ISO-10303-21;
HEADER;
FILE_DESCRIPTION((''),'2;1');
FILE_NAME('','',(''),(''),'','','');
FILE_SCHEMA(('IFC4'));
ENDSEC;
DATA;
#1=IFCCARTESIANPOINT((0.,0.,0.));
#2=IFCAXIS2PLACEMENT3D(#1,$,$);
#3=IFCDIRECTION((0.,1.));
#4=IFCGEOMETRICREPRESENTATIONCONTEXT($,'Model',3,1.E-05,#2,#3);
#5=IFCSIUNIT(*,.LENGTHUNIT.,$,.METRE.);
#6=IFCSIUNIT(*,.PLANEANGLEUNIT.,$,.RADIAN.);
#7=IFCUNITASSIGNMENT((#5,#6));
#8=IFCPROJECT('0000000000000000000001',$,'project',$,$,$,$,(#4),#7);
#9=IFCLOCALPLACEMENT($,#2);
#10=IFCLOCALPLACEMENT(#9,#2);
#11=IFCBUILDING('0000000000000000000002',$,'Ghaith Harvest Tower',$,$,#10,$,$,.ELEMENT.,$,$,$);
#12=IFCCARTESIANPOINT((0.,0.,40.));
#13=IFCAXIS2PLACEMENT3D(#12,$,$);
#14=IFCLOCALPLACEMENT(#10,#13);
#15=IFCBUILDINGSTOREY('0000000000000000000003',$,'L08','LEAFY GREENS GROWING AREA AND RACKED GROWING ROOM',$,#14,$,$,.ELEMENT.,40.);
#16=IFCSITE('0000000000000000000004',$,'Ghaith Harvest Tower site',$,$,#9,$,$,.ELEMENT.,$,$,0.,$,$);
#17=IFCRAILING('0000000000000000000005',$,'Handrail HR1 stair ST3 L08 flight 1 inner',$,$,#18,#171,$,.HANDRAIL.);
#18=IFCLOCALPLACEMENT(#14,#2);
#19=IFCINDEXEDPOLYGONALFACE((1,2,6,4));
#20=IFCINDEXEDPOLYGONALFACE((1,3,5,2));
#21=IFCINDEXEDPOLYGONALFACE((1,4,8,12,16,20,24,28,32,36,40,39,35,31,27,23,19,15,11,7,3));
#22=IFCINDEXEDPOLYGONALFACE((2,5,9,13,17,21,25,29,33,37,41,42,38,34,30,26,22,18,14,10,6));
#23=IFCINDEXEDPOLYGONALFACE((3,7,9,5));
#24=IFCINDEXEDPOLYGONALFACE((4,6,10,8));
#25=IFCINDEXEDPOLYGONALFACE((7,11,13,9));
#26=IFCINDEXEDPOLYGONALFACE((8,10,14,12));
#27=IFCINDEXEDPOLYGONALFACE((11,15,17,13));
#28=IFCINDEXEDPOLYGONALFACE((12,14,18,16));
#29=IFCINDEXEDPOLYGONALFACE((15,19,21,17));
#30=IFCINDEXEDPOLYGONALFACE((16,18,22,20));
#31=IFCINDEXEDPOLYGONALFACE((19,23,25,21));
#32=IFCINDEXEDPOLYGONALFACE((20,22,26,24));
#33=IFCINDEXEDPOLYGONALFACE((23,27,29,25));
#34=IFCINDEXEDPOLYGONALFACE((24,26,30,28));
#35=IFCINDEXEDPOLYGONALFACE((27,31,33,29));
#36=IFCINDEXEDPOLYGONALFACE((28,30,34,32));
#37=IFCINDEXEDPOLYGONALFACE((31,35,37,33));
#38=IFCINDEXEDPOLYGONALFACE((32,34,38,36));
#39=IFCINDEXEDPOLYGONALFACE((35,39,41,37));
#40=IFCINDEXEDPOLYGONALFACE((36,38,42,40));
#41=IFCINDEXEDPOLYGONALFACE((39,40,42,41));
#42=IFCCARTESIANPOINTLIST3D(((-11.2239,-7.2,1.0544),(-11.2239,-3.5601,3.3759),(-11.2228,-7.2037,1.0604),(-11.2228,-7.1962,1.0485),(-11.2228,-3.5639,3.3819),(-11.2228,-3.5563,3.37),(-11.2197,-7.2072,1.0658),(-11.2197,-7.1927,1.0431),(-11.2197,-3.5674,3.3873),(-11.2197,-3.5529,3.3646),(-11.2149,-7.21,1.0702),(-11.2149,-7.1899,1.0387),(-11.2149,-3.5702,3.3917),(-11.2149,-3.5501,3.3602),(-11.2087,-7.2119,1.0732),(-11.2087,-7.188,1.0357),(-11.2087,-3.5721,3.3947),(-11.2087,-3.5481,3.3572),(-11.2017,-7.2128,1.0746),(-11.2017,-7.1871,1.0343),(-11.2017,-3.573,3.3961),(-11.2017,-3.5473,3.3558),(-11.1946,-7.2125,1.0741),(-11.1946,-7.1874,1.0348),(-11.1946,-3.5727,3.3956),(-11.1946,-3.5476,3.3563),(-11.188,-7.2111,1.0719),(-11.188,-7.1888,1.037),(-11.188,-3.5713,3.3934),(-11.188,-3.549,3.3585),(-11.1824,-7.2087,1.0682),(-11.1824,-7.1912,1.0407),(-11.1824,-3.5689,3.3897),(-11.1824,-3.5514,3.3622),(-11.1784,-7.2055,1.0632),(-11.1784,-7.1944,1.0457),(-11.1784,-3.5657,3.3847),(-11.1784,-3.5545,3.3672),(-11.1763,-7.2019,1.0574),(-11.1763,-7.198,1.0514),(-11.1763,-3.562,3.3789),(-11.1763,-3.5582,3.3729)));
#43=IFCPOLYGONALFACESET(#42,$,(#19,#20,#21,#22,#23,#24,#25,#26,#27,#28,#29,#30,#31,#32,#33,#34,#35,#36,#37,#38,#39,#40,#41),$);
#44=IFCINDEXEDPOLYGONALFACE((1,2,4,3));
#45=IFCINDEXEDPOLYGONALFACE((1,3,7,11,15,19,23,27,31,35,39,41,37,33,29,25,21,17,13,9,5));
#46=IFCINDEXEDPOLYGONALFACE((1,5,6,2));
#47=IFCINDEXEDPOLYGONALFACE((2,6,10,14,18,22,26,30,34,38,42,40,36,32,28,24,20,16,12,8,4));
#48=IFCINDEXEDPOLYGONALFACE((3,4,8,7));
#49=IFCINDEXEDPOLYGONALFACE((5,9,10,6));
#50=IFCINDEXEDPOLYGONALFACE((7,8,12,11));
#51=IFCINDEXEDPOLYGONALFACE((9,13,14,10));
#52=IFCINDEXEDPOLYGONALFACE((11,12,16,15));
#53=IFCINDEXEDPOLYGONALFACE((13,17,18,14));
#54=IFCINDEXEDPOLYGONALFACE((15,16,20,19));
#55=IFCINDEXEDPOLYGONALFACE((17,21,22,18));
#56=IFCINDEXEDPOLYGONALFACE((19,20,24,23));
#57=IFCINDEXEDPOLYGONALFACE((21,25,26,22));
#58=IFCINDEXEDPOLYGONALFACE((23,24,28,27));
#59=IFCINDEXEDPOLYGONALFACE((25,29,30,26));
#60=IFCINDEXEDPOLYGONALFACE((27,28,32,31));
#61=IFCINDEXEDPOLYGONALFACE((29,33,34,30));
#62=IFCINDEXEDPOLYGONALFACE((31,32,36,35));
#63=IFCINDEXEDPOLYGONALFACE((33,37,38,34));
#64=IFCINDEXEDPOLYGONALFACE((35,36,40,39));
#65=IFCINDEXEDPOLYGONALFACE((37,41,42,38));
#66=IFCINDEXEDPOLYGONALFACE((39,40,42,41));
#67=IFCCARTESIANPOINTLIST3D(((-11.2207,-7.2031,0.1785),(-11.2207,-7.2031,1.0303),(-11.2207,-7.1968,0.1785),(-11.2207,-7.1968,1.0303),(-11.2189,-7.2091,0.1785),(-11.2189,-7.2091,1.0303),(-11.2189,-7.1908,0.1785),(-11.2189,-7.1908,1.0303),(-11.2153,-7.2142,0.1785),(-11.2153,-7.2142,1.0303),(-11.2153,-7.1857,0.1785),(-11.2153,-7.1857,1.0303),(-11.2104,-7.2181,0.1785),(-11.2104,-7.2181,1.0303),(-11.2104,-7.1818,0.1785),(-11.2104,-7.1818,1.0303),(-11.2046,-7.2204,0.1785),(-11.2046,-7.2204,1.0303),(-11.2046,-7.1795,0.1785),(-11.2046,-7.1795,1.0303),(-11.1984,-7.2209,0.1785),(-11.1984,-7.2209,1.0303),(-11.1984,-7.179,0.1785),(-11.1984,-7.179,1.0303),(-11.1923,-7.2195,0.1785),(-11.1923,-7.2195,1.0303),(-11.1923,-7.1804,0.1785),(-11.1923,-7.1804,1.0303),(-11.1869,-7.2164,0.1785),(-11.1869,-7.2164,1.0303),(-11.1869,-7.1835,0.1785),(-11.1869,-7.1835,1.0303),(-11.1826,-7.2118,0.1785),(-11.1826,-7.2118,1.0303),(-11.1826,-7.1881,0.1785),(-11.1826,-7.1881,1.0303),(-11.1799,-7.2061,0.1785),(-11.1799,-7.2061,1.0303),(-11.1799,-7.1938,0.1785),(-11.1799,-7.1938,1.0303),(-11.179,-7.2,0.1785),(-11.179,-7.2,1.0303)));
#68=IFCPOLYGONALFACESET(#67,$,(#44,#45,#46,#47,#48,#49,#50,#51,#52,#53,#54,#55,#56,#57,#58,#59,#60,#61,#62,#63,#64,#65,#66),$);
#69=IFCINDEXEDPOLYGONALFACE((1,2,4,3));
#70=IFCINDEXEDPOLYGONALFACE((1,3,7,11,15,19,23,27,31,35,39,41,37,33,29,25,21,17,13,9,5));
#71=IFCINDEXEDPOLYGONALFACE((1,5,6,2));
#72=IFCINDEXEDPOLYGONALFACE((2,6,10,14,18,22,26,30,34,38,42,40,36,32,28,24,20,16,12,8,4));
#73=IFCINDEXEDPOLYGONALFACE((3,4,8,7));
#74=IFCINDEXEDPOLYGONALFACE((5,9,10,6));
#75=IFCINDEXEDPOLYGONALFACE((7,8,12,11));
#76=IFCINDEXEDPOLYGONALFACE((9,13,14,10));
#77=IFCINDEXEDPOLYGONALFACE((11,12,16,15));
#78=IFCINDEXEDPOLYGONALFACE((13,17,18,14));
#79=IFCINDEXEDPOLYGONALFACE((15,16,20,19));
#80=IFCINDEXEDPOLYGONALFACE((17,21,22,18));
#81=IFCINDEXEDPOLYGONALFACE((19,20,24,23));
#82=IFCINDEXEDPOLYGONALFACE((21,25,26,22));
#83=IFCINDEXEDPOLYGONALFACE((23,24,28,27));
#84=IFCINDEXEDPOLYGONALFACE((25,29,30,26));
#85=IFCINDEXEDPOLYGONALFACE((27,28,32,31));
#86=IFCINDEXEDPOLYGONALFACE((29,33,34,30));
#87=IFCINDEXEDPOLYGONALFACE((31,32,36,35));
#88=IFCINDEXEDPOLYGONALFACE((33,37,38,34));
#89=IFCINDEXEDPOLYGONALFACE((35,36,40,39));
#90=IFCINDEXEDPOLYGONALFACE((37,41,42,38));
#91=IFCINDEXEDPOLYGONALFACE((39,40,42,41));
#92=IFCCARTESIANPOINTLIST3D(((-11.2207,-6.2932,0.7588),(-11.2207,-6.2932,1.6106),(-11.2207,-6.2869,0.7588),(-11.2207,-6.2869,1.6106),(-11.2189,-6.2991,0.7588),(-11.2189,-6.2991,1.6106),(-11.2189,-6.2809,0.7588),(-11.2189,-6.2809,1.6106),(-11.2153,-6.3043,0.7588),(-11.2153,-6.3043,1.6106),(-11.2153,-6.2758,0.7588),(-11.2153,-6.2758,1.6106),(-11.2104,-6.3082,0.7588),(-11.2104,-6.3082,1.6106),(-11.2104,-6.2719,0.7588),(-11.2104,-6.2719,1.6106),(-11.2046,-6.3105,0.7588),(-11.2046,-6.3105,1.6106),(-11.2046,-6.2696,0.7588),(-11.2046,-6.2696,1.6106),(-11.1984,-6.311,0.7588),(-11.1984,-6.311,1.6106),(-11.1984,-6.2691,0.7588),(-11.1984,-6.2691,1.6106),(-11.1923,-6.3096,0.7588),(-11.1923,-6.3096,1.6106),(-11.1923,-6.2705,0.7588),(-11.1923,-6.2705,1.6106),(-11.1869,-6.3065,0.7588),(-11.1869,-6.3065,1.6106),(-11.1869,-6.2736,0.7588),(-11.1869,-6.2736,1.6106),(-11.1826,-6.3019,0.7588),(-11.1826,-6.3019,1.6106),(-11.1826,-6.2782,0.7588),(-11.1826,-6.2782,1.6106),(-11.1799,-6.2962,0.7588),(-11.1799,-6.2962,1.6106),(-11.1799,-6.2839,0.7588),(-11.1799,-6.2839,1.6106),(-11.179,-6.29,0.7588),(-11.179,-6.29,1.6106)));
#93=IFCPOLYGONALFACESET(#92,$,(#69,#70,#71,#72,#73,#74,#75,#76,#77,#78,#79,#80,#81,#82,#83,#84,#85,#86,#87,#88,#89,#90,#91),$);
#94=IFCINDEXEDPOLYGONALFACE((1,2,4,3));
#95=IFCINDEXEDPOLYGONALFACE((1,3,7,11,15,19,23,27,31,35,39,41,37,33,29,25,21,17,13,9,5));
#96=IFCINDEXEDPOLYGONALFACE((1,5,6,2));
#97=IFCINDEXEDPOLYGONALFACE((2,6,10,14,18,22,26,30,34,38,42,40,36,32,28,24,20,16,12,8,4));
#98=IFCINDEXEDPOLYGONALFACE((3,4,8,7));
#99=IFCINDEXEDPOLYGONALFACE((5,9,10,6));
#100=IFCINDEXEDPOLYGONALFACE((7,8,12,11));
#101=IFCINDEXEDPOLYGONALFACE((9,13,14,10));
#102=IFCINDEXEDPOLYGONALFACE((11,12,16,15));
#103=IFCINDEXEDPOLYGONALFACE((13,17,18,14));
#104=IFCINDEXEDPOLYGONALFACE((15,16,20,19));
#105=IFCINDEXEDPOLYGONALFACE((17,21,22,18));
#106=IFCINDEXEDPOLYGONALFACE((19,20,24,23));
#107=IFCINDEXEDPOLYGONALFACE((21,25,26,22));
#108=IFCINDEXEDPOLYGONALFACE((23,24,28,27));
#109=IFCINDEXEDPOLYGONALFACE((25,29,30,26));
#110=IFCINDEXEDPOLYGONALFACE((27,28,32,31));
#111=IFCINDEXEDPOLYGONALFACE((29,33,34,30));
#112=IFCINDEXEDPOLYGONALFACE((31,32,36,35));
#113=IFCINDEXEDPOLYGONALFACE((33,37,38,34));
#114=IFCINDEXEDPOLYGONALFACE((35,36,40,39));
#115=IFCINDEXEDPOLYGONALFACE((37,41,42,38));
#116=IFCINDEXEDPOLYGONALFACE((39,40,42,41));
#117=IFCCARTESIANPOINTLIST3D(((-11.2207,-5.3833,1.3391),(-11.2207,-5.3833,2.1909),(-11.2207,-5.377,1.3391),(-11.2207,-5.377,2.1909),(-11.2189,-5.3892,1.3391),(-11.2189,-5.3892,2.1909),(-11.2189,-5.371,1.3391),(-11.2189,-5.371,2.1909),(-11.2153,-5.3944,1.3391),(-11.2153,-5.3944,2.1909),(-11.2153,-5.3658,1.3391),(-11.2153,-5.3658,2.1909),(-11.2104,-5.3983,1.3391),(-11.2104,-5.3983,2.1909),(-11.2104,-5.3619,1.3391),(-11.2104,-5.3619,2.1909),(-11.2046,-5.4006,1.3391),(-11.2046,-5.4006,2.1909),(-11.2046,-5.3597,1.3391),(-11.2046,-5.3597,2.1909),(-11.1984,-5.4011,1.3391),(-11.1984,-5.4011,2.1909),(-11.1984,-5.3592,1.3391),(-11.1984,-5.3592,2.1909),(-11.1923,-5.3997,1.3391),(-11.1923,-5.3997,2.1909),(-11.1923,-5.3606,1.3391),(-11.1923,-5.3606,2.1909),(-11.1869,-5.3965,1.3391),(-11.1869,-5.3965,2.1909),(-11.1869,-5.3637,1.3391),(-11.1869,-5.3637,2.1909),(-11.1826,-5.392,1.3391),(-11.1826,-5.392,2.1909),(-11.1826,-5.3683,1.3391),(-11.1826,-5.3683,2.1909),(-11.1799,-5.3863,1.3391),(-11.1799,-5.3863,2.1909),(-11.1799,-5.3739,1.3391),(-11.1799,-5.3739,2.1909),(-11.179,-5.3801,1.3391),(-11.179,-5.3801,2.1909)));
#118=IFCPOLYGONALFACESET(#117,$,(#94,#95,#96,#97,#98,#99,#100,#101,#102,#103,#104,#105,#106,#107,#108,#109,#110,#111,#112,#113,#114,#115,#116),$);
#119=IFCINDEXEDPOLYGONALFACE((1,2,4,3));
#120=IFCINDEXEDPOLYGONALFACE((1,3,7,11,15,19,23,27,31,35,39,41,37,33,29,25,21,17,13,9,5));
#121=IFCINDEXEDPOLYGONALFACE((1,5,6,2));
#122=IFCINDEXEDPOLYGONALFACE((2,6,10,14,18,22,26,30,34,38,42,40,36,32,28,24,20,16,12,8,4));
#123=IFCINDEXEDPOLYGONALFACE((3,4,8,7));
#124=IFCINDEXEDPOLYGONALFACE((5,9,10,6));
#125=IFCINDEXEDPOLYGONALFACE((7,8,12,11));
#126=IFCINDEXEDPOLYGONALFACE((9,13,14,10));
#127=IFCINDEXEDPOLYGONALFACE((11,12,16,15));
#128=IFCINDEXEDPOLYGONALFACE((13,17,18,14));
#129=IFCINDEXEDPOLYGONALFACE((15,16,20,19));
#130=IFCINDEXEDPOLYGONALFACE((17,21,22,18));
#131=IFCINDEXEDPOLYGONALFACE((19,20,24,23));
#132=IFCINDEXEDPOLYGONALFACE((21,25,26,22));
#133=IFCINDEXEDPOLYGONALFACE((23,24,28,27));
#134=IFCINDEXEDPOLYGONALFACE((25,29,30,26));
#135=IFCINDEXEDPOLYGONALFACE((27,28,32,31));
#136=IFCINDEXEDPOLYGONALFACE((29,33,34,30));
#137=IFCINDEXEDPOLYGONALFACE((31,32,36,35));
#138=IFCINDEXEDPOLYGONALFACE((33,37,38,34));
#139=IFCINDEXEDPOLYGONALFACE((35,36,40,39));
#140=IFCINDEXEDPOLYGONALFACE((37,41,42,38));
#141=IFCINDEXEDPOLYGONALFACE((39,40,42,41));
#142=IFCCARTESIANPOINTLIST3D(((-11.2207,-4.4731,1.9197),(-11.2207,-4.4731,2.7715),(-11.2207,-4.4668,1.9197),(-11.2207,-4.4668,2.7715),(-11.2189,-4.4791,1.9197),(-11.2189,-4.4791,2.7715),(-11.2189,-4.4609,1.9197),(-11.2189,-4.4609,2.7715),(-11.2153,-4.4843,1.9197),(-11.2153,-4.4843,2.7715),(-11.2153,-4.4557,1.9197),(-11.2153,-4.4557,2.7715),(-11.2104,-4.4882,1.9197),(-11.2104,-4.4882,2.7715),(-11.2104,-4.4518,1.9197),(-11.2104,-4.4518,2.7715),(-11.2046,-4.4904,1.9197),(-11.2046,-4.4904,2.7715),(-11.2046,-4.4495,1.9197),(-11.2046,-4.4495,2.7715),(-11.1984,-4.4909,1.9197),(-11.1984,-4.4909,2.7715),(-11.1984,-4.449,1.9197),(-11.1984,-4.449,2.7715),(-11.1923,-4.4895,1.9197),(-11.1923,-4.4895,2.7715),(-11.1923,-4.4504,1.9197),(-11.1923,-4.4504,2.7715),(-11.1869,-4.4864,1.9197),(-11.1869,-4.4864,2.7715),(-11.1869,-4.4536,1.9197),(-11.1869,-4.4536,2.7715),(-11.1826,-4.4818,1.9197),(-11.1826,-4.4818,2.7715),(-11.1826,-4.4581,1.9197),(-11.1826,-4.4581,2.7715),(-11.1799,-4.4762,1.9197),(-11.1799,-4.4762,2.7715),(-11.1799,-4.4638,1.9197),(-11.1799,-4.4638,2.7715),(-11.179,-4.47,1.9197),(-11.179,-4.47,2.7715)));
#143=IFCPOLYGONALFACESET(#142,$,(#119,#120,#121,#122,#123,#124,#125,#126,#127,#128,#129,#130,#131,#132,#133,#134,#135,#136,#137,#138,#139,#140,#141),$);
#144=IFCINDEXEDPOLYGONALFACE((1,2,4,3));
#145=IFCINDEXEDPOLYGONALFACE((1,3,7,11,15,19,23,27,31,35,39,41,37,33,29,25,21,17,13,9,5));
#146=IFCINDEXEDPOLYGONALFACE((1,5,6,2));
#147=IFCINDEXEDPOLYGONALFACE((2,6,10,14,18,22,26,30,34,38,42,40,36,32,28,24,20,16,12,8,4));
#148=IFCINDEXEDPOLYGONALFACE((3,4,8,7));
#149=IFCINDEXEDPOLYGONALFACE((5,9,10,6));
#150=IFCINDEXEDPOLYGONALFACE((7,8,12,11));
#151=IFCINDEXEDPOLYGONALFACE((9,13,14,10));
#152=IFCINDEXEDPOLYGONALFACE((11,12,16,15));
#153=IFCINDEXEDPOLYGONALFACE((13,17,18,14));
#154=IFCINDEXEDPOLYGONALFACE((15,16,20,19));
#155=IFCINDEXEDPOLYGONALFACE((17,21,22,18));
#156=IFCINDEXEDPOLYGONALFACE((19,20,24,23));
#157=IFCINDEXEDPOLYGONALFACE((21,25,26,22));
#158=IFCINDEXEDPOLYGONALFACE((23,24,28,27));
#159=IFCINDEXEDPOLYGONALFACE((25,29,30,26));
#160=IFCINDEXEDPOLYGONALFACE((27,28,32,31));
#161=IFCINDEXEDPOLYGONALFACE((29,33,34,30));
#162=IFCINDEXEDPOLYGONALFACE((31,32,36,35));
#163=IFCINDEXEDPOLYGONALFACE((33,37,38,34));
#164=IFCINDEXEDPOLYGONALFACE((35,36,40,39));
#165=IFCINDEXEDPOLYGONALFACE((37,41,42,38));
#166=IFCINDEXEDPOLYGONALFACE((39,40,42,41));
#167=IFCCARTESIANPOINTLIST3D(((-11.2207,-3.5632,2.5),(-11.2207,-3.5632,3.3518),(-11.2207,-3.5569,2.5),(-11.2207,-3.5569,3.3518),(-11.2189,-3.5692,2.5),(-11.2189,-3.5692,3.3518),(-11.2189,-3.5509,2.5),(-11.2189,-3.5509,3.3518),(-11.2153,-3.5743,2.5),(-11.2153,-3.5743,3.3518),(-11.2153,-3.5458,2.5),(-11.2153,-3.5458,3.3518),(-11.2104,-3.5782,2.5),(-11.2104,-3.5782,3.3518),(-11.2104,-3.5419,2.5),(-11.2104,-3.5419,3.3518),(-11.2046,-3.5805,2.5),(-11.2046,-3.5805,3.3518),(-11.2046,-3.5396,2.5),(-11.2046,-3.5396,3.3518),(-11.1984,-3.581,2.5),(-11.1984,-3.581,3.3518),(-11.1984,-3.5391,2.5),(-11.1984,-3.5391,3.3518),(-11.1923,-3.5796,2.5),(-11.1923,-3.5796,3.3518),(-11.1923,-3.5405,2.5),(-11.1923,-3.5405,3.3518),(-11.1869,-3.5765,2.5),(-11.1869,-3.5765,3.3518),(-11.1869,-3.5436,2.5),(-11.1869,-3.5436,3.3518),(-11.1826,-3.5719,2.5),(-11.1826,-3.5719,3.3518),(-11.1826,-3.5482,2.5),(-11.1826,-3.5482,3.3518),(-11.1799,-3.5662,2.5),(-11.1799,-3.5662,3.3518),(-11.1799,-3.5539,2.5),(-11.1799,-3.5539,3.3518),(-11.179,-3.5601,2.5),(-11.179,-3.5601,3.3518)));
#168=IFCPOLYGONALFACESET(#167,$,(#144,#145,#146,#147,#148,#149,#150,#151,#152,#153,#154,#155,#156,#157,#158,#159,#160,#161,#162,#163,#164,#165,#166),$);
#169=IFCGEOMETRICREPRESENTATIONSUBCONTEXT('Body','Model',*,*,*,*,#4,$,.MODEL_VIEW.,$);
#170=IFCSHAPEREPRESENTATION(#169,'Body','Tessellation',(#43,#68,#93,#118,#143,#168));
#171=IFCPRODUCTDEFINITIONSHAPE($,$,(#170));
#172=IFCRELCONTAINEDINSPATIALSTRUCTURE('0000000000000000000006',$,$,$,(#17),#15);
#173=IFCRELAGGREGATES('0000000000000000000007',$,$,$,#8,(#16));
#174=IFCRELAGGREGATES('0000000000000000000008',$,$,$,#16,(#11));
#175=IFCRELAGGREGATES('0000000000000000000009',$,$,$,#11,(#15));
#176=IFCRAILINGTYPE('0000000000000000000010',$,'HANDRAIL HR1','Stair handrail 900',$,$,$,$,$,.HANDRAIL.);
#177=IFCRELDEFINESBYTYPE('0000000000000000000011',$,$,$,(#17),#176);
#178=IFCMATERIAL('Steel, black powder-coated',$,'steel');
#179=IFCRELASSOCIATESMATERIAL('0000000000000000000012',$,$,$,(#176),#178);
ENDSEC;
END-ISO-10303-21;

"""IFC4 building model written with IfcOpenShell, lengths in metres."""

from ifc_helpers import new_model, si_unit, direction, frame, origin, origin_2d, place, context, subcontext, project, spatial, circle, extrude, material, type_object, element, save


model = new_model("IFC4")

# Units and contexts
model_context = context("Model", 3, precision=1e-05, world=origin(), true_north=direction((0.0, 1.0)))
body_context = subcontext(model_context, "Body", "Model", "MODEL_VIEW")
ifc_project = project(units=[si_unit("LENGTHUNIT", "METRE"), si_unit("PLANEANGLEUNIT", "RADIAN")], contexts=[model_context])

# Site, building, storey
site_placement = place(None, origin())
site = spatial("IfcSite", under=ifc_project, at=site_placement, Name="Ghaith Harvest Tower site", CompositionType="ELEMENT", RefElevation=0.0)
building_placement = place(site_placement, origin())
building = spatial("IfcBuilding", under=site, at=building_placement, Name="Ghaith Harvest Tower", CompositionType="ELEMENT")
storey_placement = place(building_placement, frame((0.0, 0.0, 40.0)))
storey = spatial("IfcBuildingStorey", under=building, at=storey_placement, Name="L08", Description="LEAFY GREENS GROWING AREA AND RACKED GROWING ROOM", CompositionType="ELEMENT", Elevation=40.0)

# Railing
ifc_material_1 = material(Name="Steel, black powder-coated", Category="steel")
railing_type = type_object("IfcRailingType", Name="HANDRAIL HR1", Description="Stair handrail 900", PredefinedType="HANDRAIL", material=ifc_material_1)
railing_1_placement = place(storey_placement, frame((-11.2, -7.2, 0.1785)))
element("IfcRailing", 1, at=railing_1_placement, inside=storey, type_object=railing_type, Name="Handrail HR1 stair ST3 L08 flight 1 inner", PredefinedType="HANDRAIL", context=body_context, shape_type="SweptSolid", body=[
    extrude(circle(Radius=0.0239, at=origin_2d()), frame((0.0, 0.0, 0.876), z_axis=(0.0, 0.843112, 0.537739), x_axis=(-1.0, 0.0, 0.0)), (0.0, 0.0, 1.0), 4.3171),
    extrude(circle(Radius=0.021, at=origin_2d()), origin(), (0.0, 0.0, 1.0), 0.8518),
    extrude(circle(Radius=0.021, at=origin_2d()), frame((0.0, 0.9099, 0.5803)), (0.0, 0.0, 1.0), 0.8518),
    extrude(circle(Radius=0.021, at=origin_2d()), frame((0.0, 1.8198, 1.1606)), (0.0, 0.0, 1.0), 0.8518),
    extrude(circle(Radius=0.021, at=origin_2d()), frame((0.0, 2.73, 1.7412)), (0.0, 0.0, 1.0), 0.8518),
    extrude(circle(Radius=0.021, at=origin_2d()), frame((0.0, 3.6399, 2.3215)), (0.0, 0.0, 1.0), 0.8518),
])

save(model, "model.ifc")
